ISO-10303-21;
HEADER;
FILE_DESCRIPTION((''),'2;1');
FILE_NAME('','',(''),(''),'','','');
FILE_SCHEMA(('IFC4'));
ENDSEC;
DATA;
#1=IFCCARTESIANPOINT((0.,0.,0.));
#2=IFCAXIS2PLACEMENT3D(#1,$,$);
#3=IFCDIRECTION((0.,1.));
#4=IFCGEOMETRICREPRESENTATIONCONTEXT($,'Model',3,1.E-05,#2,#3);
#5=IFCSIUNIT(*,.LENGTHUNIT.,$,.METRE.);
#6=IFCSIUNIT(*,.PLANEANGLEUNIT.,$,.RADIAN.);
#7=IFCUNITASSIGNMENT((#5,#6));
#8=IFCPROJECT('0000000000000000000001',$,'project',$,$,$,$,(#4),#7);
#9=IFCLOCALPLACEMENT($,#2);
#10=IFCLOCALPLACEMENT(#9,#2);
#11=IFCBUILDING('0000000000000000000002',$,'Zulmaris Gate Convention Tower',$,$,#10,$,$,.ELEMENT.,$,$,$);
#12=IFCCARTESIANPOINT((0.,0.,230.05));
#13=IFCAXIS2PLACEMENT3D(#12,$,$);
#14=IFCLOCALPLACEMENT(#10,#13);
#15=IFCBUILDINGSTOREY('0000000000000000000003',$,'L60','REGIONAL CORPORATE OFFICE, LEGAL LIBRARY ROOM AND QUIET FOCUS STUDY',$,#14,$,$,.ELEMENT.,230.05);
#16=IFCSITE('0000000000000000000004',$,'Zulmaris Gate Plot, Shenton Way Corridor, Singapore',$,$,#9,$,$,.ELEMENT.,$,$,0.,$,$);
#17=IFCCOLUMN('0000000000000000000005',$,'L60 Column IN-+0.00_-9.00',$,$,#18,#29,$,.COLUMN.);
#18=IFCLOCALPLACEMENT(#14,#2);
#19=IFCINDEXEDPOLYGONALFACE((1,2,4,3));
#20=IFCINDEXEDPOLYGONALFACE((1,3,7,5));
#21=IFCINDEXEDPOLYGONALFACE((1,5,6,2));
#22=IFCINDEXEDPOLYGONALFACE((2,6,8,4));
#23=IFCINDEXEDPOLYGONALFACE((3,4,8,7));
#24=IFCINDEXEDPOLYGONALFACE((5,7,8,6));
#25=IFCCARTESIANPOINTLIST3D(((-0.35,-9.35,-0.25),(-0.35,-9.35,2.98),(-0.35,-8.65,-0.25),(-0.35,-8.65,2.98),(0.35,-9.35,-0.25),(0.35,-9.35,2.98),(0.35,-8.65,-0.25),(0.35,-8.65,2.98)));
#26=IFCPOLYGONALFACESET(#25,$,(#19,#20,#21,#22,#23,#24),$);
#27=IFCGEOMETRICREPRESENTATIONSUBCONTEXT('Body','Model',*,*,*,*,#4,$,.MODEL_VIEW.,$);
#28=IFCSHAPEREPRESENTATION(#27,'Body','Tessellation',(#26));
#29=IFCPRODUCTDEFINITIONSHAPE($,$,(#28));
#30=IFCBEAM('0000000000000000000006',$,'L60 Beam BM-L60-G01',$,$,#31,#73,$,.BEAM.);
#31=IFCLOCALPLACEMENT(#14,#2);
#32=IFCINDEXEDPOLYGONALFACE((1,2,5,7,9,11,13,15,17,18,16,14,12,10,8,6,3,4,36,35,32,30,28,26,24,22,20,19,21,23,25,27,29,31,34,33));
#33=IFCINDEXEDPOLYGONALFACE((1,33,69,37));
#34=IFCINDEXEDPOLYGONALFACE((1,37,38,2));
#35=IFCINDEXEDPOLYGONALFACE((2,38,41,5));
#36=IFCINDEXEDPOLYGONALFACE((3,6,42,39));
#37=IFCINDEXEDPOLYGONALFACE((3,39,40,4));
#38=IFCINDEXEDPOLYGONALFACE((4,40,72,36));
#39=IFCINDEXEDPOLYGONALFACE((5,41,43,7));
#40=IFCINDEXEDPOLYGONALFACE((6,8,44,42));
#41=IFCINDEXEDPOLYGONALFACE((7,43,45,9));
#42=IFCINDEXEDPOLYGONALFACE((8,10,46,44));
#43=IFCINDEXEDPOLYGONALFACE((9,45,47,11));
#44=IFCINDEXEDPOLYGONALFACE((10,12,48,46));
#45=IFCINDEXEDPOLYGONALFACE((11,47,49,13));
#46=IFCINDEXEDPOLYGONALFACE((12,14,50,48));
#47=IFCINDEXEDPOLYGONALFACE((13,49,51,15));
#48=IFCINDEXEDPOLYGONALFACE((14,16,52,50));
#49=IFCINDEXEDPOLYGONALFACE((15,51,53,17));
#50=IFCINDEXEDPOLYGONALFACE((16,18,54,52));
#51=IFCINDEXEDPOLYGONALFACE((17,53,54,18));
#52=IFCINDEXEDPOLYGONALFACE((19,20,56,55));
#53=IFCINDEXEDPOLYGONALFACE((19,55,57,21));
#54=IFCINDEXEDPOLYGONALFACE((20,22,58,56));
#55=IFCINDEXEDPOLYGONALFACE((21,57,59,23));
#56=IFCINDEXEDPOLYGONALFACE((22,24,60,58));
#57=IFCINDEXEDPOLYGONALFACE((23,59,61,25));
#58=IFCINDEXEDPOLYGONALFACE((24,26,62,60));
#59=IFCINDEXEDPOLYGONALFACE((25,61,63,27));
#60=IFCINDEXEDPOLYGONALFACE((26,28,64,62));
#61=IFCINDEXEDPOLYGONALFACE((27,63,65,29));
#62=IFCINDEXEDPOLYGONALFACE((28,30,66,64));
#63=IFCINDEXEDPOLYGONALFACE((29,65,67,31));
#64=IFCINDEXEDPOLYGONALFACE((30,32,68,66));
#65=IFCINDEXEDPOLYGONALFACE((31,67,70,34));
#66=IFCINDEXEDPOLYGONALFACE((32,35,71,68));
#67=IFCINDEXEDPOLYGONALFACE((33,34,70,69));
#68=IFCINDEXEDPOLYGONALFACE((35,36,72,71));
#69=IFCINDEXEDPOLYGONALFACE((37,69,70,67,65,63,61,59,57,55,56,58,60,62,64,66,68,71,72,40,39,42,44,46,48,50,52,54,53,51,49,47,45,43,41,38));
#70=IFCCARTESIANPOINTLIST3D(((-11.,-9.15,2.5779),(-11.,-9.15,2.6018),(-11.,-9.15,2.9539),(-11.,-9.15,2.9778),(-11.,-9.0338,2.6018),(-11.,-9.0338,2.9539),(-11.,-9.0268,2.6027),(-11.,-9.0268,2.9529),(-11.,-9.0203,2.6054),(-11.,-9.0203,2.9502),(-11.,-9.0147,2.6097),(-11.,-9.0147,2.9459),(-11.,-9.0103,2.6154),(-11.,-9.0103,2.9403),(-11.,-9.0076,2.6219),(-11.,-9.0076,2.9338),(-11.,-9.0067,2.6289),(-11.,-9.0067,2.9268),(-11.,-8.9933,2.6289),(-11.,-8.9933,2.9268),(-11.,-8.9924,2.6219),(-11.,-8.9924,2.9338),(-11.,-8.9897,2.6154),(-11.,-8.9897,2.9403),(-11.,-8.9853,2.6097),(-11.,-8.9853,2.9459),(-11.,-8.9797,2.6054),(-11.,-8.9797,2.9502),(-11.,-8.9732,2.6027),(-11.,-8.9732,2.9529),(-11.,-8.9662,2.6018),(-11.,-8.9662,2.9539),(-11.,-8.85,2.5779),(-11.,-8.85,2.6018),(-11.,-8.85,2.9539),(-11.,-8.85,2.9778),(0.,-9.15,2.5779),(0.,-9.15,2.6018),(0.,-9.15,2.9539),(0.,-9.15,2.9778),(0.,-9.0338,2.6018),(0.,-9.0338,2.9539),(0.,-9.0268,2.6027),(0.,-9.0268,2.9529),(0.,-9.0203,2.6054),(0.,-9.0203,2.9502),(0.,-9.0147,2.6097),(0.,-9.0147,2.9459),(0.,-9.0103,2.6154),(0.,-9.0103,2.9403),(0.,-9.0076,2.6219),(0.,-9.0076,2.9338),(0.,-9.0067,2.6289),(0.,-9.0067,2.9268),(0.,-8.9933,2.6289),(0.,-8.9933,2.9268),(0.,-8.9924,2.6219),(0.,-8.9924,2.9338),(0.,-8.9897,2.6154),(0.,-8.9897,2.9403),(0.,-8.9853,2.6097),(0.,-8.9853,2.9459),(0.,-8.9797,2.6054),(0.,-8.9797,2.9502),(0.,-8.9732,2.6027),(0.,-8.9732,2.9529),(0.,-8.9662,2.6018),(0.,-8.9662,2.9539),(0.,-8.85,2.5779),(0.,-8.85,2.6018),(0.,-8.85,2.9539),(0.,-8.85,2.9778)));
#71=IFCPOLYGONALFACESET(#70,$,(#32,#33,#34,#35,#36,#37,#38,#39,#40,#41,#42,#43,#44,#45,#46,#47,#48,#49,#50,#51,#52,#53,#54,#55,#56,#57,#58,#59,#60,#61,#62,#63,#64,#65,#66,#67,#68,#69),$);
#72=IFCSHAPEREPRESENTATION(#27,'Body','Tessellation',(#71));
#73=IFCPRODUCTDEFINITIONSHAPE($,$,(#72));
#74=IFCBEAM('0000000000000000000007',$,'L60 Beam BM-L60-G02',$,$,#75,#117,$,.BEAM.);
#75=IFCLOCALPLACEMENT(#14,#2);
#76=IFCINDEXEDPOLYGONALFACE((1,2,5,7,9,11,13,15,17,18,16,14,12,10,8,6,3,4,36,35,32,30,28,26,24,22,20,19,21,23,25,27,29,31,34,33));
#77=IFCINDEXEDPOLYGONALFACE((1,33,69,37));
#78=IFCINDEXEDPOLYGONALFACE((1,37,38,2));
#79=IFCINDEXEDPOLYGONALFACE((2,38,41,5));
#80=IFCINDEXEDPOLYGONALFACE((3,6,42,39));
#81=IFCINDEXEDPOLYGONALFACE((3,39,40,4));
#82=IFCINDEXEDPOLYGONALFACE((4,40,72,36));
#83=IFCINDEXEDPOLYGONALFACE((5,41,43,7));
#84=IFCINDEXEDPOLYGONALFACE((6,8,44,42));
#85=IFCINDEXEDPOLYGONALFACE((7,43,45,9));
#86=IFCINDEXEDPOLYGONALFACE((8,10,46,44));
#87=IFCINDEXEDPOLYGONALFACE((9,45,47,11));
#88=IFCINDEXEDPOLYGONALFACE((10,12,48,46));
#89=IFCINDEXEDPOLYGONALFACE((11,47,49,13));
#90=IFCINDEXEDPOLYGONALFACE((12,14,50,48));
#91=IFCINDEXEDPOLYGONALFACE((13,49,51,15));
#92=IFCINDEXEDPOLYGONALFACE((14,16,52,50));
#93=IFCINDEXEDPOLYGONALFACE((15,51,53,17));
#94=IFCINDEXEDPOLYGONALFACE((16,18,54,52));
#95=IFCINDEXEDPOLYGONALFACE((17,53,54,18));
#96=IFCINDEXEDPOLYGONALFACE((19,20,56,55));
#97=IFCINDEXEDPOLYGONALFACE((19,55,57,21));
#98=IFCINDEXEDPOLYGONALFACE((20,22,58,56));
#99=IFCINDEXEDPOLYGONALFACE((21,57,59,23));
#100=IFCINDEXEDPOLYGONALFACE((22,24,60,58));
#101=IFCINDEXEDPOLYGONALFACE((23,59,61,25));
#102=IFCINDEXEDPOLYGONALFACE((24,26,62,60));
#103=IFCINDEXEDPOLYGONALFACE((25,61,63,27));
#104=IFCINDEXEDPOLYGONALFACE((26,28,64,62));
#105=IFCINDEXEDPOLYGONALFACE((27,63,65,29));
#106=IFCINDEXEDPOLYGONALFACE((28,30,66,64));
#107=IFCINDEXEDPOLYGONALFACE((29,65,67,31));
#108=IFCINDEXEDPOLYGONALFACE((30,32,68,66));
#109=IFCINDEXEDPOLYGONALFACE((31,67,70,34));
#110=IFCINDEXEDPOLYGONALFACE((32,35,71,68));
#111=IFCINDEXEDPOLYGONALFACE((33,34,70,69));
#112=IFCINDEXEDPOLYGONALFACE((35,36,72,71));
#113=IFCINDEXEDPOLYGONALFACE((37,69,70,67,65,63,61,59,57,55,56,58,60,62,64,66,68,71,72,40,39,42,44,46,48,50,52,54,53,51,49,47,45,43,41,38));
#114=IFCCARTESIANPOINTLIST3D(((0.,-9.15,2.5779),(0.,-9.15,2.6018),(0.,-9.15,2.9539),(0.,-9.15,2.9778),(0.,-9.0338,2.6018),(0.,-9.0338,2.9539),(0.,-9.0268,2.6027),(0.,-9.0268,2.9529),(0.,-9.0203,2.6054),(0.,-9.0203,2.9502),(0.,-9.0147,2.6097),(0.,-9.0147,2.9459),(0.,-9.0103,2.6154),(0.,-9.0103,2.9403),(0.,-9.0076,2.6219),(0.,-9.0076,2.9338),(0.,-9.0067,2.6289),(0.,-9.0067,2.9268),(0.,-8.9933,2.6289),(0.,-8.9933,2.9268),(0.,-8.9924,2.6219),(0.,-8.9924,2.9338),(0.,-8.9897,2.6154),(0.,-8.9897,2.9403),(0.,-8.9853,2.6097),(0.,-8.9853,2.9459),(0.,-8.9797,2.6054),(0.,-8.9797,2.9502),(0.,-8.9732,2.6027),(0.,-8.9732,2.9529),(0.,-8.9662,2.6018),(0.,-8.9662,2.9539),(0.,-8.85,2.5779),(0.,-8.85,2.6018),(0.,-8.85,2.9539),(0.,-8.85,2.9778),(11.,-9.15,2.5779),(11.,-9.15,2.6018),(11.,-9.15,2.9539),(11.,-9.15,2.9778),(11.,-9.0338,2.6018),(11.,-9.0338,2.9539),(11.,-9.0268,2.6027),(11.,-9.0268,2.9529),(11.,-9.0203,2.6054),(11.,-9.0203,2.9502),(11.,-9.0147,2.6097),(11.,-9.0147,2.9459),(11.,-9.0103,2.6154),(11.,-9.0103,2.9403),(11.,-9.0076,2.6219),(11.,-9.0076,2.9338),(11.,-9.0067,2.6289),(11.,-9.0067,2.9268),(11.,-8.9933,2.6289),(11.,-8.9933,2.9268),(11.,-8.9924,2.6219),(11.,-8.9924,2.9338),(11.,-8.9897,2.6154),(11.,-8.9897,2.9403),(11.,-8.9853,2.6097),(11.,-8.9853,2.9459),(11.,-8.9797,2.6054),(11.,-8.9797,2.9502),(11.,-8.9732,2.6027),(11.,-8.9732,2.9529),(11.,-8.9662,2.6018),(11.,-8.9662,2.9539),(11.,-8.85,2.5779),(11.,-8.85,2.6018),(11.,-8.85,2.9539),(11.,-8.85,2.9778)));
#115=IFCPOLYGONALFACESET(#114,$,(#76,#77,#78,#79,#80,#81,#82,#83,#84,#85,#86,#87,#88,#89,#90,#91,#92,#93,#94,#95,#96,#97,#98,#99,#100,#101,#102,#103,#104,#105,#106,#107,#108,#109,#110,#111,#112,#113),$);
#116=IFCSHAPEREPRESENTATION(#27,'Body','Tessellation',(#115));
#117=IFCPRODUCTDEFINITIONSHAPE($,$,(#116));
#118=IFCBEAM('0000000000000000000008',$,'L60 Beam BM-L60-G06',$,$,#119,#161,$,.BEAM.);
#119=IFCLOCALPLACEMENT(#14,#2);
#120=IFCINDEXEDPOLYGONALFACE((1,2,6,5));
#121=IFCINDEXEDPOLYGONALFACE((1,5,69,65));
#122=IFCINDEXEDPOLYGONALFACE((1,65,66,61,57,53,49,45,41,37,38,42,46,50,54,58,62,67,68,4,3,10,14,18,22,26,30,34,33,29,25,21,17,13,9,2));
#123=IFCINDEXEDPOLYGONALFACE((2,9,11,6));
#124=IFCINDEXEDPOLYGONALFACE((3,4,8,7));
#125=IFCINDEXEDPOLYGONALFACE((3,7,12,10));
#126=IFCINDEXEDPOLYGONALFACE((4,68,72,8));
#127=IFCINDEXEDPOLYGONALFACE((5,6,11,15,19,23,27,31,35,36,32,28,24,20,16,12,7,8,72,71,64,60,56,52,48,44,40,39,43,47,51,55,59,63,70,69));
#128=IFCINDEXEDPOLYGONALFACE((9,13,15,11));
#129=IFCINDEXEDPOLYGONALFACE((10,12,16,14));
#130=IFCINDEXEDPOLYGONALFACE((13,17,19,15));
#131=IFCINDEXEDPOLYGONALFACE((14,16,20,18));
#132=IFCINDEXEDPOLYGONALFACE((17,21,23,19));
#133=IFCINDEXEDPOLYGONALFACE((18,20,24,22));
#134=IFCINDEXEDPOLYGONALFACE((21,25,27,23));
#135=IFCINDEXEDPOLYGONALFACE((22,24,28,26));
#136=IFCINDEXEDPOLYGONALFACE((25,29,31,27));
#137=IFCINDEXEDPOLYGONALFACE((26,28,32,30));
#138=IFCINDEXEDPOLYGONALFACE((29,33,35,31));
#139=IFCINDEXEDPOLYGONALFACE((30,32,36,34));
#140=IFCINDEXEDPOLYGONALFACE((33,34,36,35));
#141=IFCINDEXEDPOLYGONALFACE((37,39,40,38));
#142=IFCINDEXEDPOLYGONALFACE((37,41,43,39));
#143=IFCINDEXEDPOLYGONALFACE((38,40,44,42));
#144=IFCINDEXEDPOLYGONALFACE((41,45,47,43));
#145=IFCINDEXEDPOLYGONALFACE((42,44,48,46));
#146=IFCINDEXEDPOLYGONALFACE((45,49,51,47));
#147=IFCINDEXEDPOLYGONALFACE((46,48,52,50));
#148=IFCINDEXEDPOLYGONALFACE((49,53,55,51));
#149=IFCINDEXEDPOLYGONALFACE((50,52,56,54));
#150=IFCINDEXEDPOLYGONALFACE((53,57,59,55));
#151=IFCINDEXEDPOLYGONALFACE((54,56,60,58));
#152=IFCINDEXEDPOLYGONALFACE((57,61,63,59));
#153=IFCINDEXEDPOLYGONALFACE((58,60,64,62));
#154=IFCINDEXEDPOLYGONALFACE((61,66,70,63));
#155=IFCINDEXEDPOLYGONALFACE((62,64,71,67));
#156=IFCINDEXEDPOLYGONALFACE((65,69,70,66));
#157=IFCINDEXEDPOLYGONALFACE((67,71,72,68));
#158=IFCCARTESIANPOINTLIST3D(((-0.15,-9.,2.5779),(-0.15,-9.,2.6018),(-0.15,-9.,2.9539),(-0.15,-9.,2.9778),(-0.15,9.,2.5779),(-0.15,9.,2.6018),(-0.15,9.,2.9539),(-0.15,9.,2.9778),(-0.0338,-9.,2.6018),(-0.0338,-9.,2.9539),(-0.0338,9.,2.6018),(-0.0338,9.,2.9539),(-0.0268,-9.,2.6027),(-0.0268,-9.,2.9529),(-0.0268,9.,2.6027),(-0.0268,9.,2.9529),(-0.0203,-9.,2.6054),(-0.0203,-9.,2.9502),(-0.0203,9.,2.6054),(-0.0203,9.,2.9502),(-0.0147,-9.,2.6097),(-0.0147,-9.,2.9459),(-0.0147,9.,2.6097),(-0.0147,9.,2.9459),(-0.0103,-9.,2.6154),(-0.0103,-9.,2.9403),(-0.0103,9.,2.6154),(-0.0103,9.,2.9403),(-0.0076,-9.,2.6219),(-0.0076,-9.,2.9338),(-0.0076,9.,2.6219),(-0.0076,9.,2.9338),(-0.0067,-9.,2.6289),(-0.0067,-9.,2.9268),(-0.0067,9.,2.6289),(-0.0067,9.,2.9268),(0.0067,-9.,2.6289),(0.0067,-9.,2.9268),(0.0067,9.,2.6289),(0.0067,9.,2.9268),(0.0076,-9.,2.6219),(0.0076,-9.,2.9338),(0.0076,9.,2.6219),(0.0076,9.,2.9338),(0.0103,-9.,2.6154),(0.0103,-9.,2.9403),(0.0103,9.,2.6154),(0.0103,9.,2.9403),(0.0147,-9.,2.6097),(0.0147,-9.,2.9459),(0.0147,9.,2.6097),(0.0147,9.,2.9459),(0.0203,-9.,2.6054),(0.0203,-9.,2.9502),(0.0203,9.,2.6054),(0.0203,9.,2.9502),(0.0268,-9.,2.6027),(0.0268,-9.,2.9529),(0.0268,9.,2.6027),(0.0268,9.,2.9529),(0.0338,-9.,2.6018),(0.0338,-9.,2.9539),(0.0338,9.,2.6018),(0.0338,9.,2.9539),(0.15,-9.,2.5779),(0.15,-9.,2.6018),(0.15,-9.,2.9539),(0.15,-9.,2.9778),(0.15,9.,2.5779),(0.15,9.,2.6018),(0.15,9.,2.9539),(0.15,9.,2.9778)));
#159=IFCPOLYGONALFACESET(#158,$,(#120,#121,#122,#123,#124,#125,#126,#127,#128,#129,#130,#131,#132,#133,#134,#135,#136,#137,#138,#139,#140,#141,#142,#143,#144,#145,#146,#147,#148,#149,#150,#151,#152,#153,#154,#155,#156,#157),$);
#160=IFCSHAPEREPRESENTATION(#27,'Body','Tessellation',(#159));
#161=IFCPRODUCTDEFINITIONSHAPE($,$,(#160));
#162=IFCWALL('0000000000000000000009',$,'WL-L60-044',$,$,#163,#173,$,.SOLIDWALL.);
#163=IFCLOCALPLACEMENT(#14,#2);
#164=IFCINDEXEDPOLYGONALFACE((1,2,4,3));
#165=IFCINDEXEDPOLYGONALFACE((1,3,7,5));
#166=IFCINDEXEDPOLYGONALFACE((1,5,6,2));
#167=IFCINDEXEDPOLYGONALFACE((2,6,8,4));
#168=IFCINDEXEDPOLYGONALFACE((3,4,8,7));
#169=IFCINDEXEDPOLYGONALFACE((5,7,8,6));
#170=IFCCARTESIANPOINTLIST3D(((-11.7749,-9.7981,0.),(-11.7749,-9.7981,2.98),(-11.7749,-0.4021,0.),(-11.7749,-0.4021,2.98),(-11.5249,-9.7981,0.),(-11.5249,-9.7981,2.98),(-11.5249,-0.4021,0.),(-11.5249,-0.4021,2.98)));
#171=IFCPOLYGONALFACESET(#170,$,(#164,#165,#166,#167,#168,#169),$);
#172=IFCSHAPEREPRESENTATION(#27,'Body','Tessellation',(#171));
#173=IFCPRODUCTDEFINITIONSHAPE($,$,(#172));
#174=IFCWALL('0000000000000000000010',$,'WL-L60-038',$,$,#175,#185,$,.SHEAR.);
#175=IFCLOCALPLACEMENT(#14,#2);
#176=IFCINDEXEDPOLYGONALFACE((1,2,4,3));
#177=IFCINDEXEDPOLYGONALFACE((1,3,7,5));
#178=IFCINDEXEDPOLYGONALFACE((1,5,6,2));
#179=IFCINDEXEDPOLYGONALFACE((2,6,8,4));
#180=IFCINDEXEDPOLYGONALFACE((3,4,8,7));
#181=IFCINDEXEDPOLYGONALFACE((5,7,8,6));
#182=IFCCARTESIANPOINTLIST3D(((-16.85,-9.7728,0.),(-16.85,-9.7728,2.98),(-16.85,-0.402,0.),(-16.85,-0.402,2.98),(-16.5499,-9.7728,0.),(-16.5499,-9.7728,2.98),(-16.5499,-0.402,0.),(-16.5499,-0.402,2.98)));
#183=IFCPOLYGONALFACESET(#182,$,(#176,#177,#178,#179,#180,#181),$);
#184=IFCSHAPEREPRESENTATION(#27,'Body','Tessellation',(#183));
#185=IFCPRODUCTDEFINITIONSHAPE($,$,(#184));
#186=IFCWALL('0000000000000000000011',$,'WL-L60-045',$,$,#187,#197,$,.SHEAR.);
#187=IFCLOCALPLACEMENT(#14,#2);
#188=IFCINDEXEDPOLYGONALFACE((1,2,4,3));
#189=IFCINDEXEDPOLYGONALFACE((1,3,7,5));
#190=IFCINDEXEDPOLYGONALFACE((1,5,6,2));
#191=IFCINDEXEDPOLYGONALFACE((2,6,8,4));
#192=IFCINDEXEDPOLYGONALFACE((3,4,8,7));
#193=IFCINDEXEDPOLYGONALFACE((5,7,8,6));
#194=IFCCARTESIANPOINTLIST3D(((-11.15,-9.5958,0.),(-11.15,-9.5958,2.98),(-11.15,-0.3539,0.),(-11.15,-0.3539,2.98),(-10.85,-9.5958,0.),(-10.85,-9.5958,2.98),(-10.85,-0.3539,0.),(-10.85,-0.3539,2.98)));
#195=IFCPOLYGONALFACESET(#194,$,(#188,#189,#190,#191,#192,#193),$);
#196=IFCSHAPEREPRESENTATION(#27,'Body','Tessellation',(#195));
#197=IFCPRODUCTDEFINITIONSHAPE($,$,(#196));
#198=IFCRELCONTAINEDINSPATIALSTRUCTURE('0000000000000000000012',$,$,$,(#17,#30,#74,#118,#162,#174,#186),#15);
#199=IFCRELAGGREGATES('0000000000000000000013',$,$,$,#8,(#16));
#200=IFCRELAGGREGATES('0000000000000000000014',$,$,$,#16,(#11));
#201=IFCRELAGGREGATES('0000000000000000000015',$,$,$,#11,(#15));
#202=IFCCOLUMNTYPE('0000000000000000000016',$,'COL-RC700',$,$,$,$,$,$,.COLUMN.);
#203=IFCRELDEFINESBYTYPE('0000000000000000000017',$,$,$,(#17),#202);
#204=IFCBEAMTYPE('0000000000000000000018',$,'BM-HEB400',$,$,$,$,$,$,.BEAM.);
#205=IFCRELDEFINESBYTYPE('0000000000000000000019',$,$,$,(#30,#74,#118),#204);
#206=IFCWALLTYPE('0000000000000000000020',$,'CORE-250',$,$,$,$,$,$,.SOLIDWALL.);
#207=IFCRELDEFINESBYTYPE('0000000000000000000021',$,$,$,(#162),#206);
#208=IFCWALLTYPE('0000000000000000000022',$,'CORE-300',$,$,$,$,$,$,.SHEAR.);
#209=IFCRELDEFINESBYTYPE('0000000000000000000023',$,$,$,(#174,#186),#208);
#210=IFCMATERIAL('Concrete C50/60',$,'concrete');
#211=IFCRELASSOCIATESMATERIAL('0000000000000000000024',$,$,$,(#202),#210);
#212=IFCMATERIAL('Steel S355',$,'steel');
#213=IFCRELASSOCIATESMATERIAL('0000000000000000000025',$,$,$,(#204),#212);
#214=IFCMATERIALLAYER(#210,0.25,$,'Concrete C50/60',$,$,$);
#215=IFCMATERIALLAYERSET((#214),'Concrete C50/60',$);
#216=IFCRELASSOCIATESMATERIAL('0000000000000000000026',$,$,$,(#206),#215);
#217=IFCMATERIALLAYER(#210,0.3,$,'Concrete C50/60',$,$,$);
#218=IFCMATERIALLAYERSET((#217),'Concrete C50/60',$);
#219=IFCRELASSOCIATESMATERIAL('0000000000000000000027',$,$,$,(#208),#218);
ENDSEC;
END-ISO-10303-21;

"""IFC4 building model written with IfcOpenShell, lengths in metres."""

from ifc_helpers import new_model, si_unit, direction, frame, frame_2d, origin, origin_2d, place, context, subcontext, project, spatial, rectangle, i_section, extrude, material, layer, layer_set, material_profile, profile_set, type_object, element, save


model = new_model("IFC4")

# Units and contexts
model_context = context("Model", 3, precision=1e-05, world=origin(), true_north=direction((0.0, 1.0)))
body_context = subcontext(model_context, "Body", "Model", "MODEL_VIEW")
ifc_project = project(units=[si_unit("LENGTHUNIT", "METRE"), si_unit("PLANEANGLEUNIT", "RADIAN")], contexts=[model_context])

# Site, building, storey
site_placement = place(None, origin())
site = spatial("IfcSite", under=ifc_project, at=site_placement, Name="Zulmaris Gate Plot, Shenton Way Corridor, Singapore", CompositionType="ELEMENT", RefElevation=0.0)
building_placement = place(site_placement, origin())
building = spatial("IfcBuilding", under=site, at=building_placement, Name="Zulmaris Gate Convention Tower", CompositionType="ELEMENT")
storey_placement = place(building_placement, frame((0.0, 0.0, 230.05)))
storey = spatial("IfcBuildingStorey", under=building, at=storey_placement, Name="L60", Description="REGIONAL CORPORATE OFFICE, LEGAL LIBRARY ROOM AND QUIET FOCUS STUDY", CompositionType="ELEMENT", Elevation=230.05)

# Column
ifc_material_1 = material(Name="Concrete C50/60", Category="concrete")
ifc_material_profile_1 = material_profile(ifc_material_1, rectangle(XDim=0.7, YDim=0.7, at=origin_2d()), Name="RC COL 700x700")
ifc_profile_set_1 = profile_set([ifc_material_profile_1], Name="Concrete C50/60")
column_type = type_object("IfcColumnType", Name="COL-RC700", PredefinedType="COLUMN", material=ifc_profile_set_1)
column_placement = place(storey_placement, frame((0.0, -9.0, -0.25), z_axis=(0.0, 0.0, 1.0), x_axis=(1.0, 0.0, 0.0)))
element("IfcColumn", 1, at=column_placement, inside=storey, type_object=column_type, Name="L60 Column IN-+0.00_-9.00", PredefinedType="COLUMN", context=body_context, shape_type="SweptSolid", body=[
    extrude(rectangle(XDim=0.7, YDim=0.7, at=origin_2d()), origin(), (0.0, 0.0, 1.0), 3.23),
])

# Beams
ifc_material_2 = material(Name="Steel S355", Category="steel")
ifc_material_profile_2 = material_profile(ifc_material_2, i_section(OverallWidth=0.3, OverallDepth=0.3999, WebThickness=0.0134, FlangeThickness=0.0239, FilletRadius=0.0271, at=origin_2d()), Name="HEB 400")
ifc_profile_set_2 = profile_set([ifc_material_profile_2], Name="Steel S355")
beam_type = type_object("IfcBeamType", Name="BM-HEB400", PredefinedType="BEAM", material=ifc_profile_set_2)
for number, where, z_axis, x_axis, name in (
    (2, (-11.0, -9.0, 2.7778), (1.0, 0.0, 0.0), (0.0, 1.0, 0.0), "L60 Beam BM-L60-G01"),
    (3, (0.0, -9.0, 2.7778), (1.0, 0.0, 0.0), (0.0, 1.0, 0.0), "L60 Beam BM-L60-G02"),
):
    element("IfcBeam", number, at=place(storey_placement, frame(where, z_axis=z_axis, x_axis=x_axis)), inside=storey, type_object=beam_type, Name=name, PredefinedType="BEAM", context=body_context, shape_type="SweptSolid", body=[
        extrude(i_section(OverallWidth=0.3, OverallDepth=0.3999, WebThickness=0.0134, FlangeThickness=0.0239, FilletRadius=0.0271, at=origin_2d()), origin(), (0.0, 0.0, 1.0), 11.0),
    ])
beam_placement = place(storey_placement, frame((0.0, -9.0, 2.7778), z_axis=(0.0, 1.0, 0.0), x_axis=(-1.0, 0.0, 0.0)))
element("IfcBeam", 4, at=beam_placement, inside=storey, type_object=beam_type, Name="L60 Beam BM-L60-G06", PredefinedType="BEAM", context=body_context, shape_type="SweptSolid", body=[
    extrude(i_section(OverallWidth=0.3, OverallDepth=0.3999, WebThickness=0.0134, FlangeThickness=0.0239, FilletRadius=0.0271, at=origin_2d()), origin(), (0.0, 0.0, 1.0), 18.0),
])

# Walls
ifc_layer_1 = layer(ifc_material_1, 0.25, Name="Concrete C50/60")
ifc_layer_set_1 = layer_set([ifc_layer_1], Name="Concrete C50/60")
wall_type_1 = type_object("IfcWallType", Name="CORE-250", PredefinedType="SOLIDWALL", material=ifc_layer_set_1)
wall_1_placement = place(storey_placement, frame((-11.6499, -9.7981, 0.0), z_axis=(0.0, 0.0, 1.0), x_axis=(0.0, 1.0, 0.0)))
element("IfcWall", 5, at=wall_1_placement, inside=storey, type_object=wall_type_1, Name="WL-L60-044", PredefinedType="SOLIDWALL", context=body_context, shape_type="SweptSolid", body=[
    extrude(rectangle(XDim=9.396, YDim=0.25, at=frame_2d((4.698, 0.0))), origin(), (0.0, 0.0, 1.0), 2.98),
])
ifc_layer_2 = layer(ifc_material_1, 0.3, Name="Concrete C50/60")
ifc_layer_set_2 = layer_set([ifc_layer_2], Name="Concrete C50/60")
wall_type_2 = type_object("IfcWallType", Name="CORE-300", PredefinedType="SHEAR", material=ifc_layer_set_2)
wall_2_placement = place(storey_placement, frame((-16.7, -9.7729, 0.0), z_axis=(0.0, 0.0, 1.0), x_axis=(0.0, 1.0, 0.0)))
element("IfcWall", 6, at=wall_2_placement, inside=storey, type_object=wall_type_2, Name="WL-L60-038", PredefinedType="SHEAR", context=body_context, shape_type="SweptSolid", body=[
    extrude(rectangle(XDim=9.3708, YDim=0.3, at=frame_2d((4.6855, 0.0))), origin(), (0.0, 0.0, 1.0), 2.98),
])
wall_3_placement = place(storey_placement, frame((-11.0, -9.5959, 0.0), z_axis=(0.0, 0.0, 1.0), x_axis=(0.0, 1.0, 0.0)))
element("IfcWall", 7, at=wall_3_placement, inside=storey, type_object=wall_type_2, Name="WL-L60-045", PredefinedType="SHEAR", context=body_context, shape_type="SweptSolid", body=[
    extrude(rectangle(XDim=9.2419, YDim=0.3, at=frame_2d((4.6211, 0.0))), origin(), (0.0, 0.0, 1.0), 2.98),
])

save(model, "model.ifc")
